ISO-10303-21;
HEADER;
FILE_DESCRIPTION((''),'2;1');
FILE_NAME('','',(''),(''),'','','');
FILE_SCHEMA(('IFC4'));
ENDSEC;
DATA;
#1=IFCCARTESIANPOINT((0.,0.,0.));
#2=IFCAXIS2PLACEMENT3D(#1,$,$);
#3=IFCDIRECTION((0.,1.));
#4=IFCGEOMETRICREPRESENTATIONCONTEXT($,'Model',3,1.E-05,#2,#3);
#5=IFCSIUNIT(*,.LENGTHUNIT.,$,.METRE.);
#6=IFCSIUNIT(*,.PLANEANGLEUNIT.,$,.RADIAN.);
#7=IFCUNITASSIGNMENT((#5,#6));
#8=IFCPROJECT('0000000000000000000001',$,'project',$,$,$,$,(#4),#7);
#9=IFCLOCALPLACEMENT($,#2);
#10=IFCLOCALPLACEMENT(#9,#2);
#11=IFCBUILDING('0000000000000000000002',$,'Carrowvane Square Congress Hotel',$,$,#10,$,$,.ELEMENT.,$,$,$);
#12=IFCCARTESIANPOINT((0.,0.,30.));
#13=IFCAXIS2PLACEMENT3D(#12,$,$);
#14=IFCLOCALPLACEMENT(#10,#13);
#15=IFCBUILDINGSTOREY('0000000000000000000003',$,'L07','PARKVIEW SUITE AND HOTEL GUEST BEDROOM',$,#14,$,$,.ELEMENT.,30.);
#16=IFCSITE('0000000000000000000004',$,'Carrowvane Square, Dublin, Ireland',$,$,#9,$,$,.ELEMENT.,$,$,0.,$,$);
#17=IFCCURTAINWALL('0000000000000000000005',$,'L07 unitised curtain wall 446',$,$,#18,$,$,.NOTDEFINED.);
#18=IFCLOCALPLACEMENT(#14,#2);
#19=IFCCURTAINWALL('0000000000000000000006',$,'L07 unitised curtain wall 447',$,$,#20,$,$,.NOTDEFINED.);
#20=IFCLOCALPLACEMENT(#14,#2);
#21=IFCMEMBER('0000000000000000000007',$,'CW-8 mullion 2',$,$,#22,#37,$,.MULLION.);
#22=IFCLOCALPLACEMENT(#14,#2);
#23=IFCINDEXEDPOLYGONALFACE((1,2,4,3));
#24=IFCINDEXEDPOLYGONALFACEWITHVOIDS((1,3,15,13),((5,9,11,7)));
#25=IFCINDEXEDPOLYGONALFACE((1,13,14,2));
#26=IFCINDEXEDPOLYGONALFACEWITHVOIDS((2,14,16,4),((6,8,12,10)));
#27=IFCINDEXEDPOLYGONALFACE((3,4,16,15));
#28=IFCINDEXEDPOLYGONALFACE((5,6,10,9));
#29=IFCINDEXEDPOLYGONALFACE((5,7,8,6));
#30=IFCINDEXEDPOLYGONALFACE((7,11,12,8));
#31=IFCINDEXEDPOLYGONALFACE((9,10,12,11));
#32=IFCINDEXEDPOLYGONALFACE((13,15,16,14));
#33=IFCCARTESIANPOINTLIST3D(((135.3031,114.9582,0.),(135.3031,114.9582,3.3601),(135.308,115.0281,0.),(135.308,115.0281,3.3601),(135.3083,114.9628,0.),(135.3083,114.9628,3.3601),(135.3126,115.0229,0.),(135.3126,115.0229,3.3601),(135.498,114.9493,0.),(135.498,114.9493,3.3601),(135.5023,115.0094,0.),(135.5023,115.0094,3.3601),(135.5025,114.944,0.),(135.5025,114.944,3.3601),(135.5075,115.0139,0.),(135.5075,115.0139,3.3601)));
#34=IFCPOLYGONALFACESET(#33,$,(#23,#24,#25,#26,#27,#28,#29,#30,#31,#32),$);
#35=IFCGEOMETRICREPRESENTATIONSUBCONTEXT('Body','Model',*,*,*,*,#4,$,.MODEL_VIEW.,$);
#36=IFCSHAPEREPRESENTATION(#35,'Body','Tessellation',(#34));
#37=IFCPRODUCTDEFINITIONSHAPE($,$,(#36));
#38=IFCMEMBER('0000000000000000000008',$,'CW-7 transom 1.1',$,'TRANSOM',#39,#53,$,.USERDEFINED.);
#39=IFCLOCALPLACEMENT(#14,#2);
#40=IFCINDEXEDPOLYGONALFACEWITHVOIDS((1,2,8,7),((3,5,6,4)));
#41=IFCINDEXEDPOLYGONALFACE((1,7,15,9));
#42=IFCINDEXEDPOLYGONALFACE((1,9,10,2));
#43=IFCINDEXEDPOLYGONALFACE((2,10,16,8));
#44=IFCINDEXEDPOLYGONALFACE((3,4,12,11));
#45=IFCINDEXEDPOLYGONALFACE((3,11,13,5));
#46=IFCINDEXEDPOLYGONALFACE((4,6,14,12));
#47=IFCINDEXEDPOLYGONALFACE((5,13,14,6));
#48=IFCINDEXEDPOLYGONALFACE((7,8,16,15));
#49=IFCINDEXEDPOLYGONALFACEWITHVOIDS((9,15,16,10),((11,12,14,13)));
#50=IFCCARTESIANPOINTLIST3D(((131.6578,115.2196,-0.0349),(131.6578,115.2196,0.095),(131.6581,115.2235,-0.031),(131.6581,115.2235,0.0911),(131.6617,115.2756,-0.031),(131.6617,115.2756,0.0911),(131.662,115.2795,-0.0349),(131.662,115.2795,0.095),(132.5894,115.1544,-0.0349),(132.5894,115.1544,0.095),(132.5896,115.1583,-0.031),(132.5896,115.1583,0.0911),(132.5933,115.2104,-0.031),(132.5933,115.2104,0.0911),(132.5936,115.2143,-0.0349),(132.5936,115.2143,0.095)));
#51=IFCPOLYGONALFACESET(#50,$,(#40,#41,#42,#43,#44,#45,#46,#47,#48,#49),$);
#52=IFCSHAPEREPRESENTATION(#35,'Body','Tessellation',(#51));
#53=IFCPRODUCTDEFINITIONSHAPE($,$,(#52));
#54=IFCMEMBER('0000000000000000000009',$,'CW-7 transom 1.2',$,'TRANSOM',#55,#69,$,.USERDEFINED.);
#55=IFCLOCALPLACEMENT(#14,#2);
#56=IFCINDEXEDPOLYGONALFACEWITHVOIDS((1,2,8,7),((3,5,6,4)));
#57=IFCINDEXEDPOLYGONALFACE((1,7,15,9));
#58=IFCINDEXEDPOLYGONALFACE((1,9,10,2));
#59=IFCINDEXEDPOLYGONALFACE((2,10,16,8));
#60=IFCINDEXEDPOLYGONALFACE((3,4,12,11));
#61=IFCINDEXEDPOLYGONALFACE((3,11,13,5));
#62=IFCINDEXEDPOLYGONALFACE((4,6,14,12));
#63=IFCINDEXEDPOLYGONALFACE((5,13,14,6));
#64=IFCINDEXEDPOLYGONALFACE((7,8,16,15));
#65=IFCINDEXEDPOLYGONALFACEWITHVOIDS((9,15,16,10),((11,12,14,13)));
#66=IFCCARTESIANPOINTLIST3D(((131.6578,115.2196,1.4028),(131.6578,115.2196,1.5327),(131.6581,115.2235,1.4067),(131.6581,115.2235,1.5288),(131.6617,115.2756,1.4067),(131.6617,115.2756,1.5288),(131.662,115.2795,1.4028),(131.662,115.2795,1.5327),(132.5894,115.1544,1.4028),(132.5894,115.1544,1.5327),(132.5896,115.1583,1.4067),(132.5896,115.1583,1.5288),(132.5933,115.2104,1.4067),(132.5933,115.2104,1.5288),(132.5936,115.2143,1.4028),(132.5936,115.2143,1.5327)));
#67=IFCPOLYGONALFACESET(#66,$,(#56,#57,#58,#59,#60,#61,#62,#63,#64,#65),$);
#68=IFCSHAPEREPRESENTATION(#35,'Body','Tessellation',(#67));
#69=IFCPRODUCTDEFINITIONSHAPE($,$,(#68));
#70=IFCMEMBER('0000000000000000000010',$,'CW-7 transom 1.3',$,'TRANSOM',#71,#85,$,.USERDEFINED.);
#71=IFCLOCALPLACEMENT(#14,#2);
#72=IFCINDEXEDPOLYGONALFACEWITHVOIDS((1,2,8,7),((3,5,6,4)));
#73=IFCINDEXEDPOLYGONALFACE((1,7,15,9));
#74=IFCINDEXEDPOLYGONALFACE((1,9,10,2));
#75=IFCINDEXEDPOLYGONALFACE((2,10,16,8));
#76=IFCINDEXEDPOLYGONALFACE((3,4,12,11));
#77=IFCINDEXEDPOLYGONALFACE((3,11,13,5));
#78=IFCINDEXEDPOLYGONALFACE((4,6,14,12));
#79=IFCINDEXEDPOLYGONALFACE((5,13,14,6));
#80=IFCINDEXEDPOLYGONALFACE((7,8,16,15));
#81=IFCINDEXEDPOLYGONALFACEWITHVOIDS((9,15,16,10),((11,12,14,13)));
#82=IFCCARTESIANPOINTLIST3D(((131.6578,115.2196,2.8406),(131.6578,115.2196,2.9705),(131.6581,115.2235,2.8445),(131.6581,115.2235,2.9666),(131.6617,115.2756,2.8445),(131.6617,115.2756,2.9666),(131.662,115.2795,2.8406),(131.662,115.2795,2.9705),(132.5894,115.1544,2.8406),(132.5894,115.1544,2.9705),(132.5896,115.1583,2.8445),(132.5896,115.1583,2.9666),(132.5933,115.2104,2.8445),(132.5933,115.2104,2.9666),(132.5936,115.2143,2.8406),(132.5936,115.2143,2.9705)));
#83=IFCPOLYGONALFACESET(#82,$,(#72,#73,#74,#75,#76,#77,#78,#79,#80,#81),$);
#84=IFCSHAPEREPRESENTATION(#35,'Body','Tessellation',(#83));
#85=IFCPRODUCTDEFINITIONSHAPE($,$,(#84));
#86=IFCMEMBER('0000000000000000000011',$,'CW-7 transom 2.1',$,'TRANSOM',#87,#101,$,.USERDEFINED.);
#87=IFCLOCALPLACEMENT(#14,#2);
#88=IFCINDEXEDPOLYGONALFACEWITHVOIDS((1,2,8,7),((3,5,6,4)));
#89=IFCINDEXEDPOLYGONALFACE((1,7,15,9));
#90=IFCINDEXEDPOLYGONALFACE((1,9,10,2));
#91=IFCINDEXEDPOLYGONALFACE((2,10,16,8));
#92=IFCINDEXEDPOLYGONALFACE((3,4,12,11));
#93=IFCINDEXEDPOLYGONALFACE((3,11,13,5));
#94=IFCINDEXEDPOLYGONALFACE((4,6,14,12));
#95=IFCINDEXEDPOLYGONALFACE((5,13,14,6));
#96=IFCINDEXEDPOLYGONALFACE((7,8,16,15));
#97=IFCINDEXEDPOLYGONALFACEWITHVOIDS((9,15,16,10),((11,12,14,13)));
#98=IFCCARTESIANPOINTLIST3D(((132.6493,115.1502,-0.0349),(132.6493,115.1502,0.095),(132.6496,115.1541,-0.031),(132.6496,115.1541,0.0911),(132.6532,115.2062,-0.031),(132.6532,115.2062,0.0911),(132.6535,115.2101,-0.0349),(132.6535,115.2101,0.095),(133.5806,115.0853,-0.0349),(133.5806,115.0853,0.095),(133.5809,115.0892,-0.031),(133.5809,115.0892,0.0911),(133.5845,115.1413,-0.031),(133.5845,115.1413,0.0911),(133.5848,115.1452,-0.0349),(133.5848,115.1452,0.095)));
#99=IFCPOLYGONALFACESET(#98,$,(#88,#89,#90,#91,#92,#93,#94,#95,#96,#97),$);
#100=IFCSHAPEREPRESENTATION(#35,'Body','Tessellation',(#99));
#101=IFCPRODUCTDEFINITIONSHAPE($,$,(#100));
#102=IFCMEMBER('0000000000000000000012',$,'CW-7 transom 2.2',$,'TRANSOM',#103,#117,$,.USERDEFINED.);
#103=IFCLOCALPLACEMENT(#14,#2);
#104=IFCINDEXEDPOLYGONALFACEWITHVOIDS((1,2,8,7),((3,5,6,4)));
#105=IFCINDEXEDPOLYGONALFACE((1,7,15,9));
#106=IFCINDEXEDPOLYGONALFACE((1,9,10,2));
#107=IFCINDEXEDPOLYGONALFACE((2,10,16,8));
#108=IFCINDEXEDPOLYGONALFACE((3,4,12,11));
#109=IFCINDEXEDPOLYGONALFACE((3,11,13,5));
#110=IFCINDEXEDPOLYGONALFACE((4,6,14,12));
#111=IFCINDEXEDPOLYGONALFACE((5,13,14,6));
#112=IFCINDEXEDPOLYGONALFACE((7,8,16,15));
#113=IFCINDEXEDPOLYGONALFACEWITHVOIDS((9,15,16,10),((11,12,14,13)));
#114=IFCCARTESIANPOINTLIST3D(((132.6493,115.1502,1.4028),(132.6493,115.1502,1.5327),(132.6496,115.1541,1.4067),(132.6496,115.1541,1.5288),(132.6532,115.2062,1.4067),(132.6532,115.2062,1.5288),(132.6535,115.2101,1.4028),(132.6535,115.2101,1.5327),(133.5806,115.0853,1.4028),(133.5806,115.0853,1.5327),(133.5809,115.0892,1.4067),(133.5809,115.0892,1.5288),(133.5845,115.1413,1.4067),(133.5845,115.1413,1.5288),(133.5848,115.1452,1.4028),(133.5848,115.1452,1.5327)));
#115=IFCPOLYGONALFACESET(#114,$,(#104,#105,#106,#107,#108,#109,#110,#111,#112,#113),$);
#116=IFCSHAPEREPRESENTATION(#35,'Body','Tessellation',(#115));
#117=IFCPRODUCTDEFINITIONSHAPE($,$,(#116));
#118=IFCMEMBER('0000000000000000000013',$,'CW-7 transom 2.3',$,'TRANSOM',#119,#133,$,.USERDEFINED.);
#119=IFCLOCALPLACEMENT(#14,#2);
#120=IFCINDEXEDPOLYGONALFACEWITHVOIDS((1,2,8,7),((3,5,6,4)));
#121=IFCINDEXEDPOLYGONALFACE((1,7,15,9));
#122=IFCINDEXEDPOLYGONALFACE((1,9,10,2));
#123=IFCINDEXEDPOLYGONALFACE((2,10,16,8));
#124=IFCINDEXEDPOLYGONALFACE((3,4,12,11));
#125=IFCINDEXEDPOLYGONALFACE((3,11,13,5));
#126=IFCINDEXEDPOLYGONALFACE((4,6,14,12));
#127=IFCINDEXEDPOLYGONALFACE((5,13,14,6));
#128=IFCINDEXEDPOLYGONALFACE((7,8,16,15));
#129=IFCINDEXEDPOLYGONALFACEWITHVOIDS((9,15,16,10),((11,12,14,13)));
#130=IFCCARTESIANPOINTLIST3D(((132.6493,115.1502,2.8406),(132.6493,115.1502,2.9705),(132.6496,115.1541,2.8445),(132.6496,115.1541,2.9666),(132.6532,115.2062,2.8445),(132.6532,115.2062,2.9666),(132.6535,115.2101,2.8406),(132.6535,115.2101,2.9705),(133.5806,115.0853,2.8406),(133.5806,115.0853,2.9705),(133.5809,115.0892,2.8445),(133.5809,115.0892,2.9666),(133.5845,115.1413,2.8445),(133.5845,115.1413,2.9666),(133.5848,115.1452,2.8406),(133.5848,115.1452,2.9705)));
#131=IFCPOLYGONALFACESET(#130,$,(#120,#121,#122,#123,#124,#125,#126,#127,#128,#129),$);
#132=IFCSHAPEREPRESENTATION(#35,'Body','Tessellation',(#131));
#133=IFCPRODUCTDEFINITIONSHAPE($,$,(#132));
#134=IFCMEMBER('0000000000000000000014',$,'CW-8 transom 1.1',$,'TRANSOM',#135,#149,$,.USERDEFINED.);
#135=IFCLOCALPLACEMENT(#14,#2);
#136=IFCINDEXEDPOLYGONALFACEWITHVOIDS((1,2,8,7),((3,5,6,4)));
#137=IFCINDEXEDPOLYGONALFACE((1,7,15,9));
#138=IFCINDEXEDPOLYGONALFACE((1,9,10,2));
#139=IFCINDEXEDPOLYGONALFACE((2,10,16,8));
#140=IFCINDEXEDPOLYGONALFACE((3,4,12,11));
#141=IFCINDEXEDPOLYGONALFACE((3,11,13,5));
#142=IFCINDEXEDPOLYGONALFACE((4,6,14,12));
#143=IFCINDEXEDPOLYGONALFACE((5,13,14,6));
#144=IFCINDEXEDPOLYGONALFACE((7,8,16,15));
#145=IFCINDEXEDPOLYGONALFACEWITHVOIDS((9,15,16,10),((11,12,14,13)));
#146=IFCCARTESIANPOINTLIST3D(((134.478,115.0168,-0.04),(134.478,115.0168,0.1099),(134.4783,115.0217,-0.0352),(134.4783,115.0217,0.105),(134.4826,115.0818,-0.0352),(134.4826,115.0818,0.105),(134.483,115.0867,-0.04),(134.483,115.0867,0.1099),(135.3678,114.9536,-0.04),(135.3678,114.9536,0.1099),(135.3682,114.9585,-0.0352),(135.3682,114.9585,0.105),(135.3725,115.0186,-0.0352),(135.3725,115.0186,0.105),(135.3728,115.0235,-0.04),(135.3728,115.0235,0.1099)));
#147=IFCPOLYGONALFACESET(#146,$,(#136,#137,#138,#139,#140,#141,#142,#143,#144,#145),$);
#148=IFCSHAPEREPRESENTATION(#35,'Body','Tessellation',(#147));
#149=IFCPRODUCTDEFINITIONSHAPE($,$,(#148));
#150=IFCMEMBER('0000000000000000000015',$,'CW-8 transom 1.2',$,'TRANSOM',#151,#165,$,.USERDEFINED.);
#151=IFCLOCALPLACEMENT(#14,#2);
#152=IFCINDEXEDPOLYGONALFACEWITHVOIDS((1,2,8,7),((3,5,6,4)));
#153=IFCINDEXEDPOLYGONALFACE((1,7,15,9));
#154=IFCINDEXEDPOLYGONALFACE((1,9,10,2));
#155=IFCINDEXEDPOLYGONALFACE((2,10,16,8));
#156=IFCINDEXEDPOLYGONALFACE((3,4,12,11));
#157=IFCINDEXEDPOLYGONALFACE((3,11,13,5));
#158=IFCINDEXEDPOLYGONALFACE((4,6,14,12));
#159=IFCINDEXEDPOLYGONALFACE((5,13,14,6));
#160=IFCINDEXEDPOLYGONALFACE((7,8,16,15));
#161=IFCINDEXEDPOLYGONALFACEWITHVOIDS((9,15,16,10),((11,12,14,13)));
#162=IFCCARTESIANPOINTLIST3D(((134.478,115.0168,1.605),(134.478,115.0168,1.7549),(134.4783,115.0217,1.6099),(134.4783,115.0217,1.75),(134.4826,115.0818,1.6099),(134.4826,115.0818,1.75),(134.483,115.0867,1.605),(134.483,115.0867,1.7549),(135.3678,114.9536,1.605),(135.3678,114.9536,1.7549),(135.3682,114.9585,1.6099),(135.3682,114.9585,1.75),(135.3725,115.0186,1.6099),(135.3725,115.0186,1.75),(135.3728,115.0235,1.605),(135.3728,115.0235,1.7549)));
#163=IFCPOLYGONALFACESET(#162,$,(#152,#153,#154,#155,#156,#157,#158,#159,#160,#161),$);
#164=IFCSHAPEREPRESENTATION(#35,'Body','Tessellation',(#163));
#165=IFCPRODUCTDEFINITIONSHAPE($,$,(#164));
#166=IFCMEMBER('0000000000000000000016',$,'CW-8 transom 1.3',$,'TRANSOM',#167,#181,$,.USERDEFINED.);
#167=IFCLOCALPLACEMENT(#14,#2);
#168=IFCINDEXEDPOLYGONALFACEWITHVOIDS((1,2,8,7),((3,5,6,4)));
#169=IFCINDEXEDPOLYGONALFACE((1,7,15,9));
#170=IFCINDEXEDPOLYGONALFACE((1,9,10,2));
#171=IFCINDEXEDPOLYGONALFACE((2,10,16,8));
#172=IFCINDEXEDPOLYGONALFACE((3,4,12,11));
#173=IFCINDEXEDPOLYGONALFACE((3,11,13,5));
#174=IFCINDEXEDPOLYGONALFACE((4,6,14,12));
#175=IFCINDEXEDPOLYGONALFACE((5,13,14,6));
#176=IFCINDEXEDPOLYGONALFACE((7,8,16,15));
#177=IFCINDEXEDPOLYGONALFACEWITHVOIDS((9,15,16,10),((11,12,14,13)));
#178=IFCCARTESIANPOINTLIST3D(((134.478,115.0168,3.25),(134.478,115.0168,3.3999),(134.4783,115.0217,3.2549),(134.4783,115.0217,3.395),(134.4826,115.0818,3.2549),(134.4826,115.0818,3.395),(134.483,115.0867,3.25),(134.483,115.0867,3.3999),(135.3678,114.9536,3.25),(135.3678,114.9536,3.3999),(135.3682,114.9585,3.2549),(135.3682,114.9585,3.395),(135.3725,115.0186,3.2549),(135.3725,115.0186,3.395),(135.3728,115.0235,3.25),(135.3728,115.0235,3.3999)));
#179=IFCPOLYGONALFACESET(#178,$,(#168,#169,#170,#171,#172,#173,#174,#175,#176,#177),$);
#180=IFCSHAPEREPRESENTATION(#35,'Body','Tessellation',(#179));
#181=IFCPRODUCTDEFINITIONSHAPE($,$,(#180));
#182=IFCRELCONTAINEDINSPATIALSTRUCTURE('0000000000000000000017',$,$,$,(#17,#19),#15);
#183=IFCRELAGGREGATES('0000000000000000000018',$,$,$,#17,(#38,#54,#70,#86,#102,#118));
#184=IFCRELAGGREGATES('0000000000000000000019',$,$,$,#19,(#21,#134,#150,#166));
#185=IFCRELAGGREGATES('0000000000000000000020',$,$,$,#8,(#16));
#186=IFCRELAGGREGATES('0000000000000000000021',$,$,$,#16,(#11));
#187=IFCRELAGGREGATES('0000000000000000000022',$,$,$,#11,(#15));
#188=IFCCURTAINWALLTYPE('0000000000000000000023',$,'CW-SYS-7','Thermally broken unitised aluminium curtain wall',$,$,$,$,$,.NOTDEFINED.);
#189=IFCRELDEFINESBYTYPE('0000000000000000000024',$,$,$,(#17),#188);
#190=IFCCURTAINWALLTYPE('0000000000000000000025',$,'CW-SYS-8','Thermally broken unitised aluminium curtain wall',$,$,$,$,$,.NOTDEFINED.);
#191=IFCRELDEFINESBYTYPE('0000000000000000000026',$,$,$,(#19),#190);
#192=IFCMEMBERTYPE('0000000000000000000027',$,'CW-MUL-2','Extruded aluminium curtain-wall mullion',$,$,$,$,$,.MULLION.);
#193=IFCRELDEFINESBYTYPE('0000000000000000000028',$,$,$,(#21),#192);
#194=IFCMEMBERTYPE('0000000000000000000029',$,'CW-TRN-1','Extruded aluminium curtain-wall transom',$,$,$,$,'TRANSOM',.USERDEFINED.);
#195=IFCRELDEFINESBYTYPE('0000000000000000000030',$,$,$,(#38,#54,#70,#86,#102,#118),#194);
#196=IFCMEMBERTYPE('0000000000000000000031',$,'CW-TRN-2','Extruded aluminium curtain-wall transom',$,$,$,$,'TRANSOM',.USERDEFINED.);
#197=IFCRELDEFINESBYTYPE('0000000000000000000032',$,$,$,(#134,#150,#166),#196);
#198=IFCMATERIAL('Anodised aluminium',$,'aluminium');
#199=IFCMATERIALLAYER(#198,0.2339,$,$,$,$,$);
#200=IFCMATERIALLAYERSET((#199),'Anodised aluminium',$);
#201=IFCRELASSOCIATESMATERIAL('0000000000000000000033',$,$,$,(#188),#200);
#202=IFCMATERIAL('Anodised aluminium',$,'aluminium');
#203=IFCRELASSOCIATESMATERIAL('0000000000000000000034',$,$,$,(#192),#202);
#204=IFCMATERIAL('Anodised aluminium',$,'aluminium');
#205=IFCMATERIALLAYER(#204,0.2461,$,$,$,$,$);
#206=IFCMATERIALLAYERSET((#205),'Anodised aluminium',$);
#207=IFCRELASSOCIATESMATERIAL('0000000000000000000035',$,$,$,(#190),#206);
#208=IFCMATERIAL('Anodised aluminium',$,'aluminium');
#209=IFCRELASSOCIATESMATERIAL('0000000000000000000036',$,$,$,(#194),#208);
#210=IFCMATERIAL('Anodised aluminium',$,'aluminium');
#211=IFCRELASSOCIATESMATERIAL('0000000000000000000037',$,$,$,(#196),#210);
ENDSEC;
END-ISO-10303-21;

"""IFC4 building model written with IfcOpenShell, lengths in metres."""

from ifc_helpers import new_model, si_unit, direction, frame, origin, origin_2d, place, context, subcontext, project, spatial, hollow_rectangle, extrude, material, layer, layer_set, material_profile, profile_set, type_object, element, aggregate, save


model = new_model("IFC4")

# Units and contexts
model_context = context("Model", 3, precision=1e-05, world=origin(), true_north=direction((0.0, 1.0)))
body_context = subcontext(model_context, "Body", "Model", "MODEL_VIEW")
ifc_project = project(units=[si_unit("LENGTHUNIT", "METRE"), si_unit("PLANEANGLEUNIT", "RADIAN")], contexts=[model_context])

# Site, building, storey
site_placement = place(None, origin())
site = spatial("IfcSite", under=ifc_project, at=site_placement, Name="Carrowvane Square, Dublin, Ireland", CompositionType="ELEMENT", RefElevation=0.0)
building_placement = place(site_placement, origin())
building = spatial("IfcBuilding", under=site, at=building_placement, Name="Carrowvane Square Congress Hotel", CompositionType="ELEMENT")
storey_placement = place(building_placement, frame((0.0, 0.0, 30.0)))
storey = spatial("IfcBuildingStorey", under=building, at=storey_placement, Name="L07", Description="PARKVIEW SUITE AND HOTEL GUEST BEDROOM", CompositionType="ELEMENT", Elevation=30.0)

# Curtain wall
ifc_material_1 = material(Name="Anodised aluminium", Category="aluminium")
ifc_layer_1 = layer(ifc_material_1, 0.2339)
ifc_layer_set_1 = layer_set([ifc_layer_1], Name="Anodised aluminium")
curtain_wall_type_1 = type_object("IfcCurtainWallType", Name="CW-SYS-7", Description="Thermally broken unitised aluminium curtain wall", PredefinedType="NOTDEFINED", material=ifc_layer_set_1)
curtain_wall_1_placement = place(storey_placement, origin())
curtain_wall_1 = element("IfcCurtainWall", 1, at=curtain_wall_1_placement, inside=storey, type_object=curtain_wall_type_1, Name="L07 unitised curtain wall 446", PredefinedType="NOTDEFINED")

# Shared definitions
ifc_material_2 = material(Name="Anodised aluminium", Category="aluminium")
ifc_material_profile_1 = material_profile(ifc_material_2, hollow_rectangle(XDim=0.0701, YDim=0.2, WallThickness=0.0049, at=origin_2d()), Name="CW-ML 70x200x5")
ifc_profile_set_1 = profile_set([ifc_material_profile_1], Name="Anodised aluminium")
member_type_1 = type_object("IfcMemberType", Name="CW-MUL-2", Description="Extruded aluminium curtain-wall mullion", PredefinedType="MULLION", material=ifc_profile_set_1)

# Curtain wall, member
ifc_material_3 = material(Name="Anodised aluminium", Category="aluminium")
ifc_layer_2 = layer(ifc_material_3, 0.2461)
ifc_layer_set_2 = layer_set([ifc_layer_2], Name="Anodised aluminium")
curtain_wall_type_2 = type_object("IfcCurtainWallType", Name="CW-SYS-8", Description="Thermally broken unitised aluminium curtain wall", PredefinedType="NOTDEFINED", material=ifc_layer_set_2)
curtain_wall_2_placement = place(storey_placement, origin())
curtain_wall_2 = element("IfcCurtainWall", 2, at=curtain_wall_2_placement, inside=storey, type_object=curtain_wall_type_2, Name="L07 unitised curtain wall 447", PredefinedType="NOTDEFINED")
member_1_placement = place(storey_placement, frame((135.4053, 114.9861, 0.0), z_axis=(0.0, 0.0, 1.0), x_axis=(0.07096, 0.997479, 0.0)))
member_1 = element("IfcMember", 3, at=member_1_placement, type_object=member_type_1, Name="CW-8 mullion 2", PredefinedType="MULLION", context=body_context, shape_type="SweptSolid", body=[
    extrude(hollow_rectangle(XDim=0.0701, YDim=0.2, WallThickness=0.0049, at=origin_2d()), origin(), (0.0, 0.0, 1.0), 3.3601),
])

# Members
ifc_material_4 = material(Name="Anodised aluminium", Category="aluminium")
ifc_material_profile_2 = material_profile(ifc_material_4, hollow_rectangle(XDim=0.0601, YDim=0.1299, WallThickness=0.0039, at=origin_2d()), Name="CW-TR 60x130x4")
ifc_profile_set_2 = profile_set([ifc_material_profile_2], Name="Anodised aluminium")
member_type_2 = type_object("IfcMemberType", Name="CW-TRN-1", Description="Extruded aluminium curtain-wall transom", ElementType="TRANSOM", PredefinedType="USERDEFINED", material=ifc_profile_set_2)
member_2_placement = place(storey_placement, frame((131.6599, 115.2495, 0.03), z_axis=(0.997561, -0.069798, 0.0), x_axis=(0.069798, 0.997561, 0.0)))
member_2 = element("IfcMember", 4, at=member_2_placement, type_object=member_type_2, Name="CW-7 transom 1.1", ObjectType="TRANSOM", PredefinedType="USERDEFINED", context=body_context, shape_type="SweptSolid", body=[
    extrude(hollow_rectangle(XDim=0.0601, YDim=0.1299, WallThickness=0.0039, at=origin_2d()), origin(), (0.0, 0.0, 1.0), 0.9338),
])
member_3_placement = place(storey_placement, frame((131.6599, 115.2495, 1.4678), z_axis=(0.997561, -0.069798, 0.0), x_axis=(0.069798, 0.997561, 0.0)))
member_3 = element("IfcMember", 5, at=member_3_placement, type_object=member_type_2, Name="CW-7 transom 1.2", ObjectType="TRANSOM", PredefinedType="USERDEFINED", context=body_context, shape_type="SweptSolid", body=[
    extrude(hollow_rectangle(XDim=0.0601, YDim=0.1299, WallThickness=0.0039, at=origin_2d()), origin(), (0.0, 0.0, 1.0), 0.9338),
])
member_4_placement = place(storey_placement, frame((131.6599, 115.2495, 2.9055), z_axis=(0.997561, -0.069798, 0.0), x_axis=(0.069798, 0.997561, 0.0)))
member_4 = element("IfcMember", 6, at=member_4_placement, type_object=member_type_2, Name="CW-7 transom 1.3", ObjectType="TRANSOM", PredefinedType="USERDEFINED", context=body_context, shape_type="SweptSolid", body=[
    extrude(hollow_rectangle(XDim=0.0601, YDim=0.1299, WallThickness=0.0039, at=origin_2d()), origin(), (0.0, 0.0, 1.0), 0.9338),
])
member_5_placement = place(storey_placement, frame((132.6514, 115.1802, 0.03), z_axis=(0.997578, -0.069556, 0.0), x_axis=(0.069556, 0.997578, 0.0)))
member_5 = element("IfcMember", 7, at=member_5_placement, type_object=member_type_2, Name="CW-7 transom 2.1", ObjectType="TRANSOM", PredefinedType="USERDEFINED", context=body_context, shape_type="SweptSolid", body=[
    extrude(hollow_rectangle(XDim=0.0601, YDim=0.1299, WallThickness=0.0039, at=origin_2d()), origin(), (0.0, 0.0, 1.0), 0.9336),
])
member_6_placement = place(storey_placement, frame((132.6514, 115.1802, 1.4678), z_axis=(0.997578, -0.069556, 0.0), x_axis=(0.069556, 0.997578, 0.0)))
member_6 = element("IfcMember", 8, at=member_6_placement, type_object=member_type_2, Name="CW-7 transom 2.2", ObjectType="TRANSOM", PredefinedType="USERDEFINED", context=body_context, shape_type="SweptSolid", body=[
    extrude(hollow_rectangle(XDim=0.0601, YDim=0.1299, WallThickness=0.0039, at=origin_2d()), origin(), (0.0, 0.0, 1.0), 0.9336),
])
member_7_placement = place(storey_placement, frame((132.6514, 115.1802, 2.9055), z_axis=(0.997578, -0.069556, 0.0), x_axis=(0.069556, 0.997578, 0.0)))
member_7 = element("IfcMember", 9, at=member_7_placement, type_object=member_type_2, Name="CW-7 transom 2.3", ObjectType="TRANSOM", PredefinedType="USERDEFINED", context=body_context, shape_type="SweptSolid", body=[
    extrude(hollow_rectangle(XDim=0.0601, YDim=0.1299, WallThickness=0.0039, at=origin_2d()), origin(), (0.0, 0.0, 1.0), 0.9336),
])
ifc_material_5 = material(Name="Anodised aluminium", Category="aluminium")
ifc_material_profile_3 = material_profile(ifc_material_5, hollow_rectangle(XDim=0.0701, YDim=0.1499, WallThickness=0.0049, at=origin_2d()), Name="CW-TR 70x150x5")
ifc_profile_set_3 = profile_set([ifc_material_profile_3], Name="Anodised aluminium")
member_type_3 = type_object("IfcMemberType", Name="CW-TRN-2", Description="Extruded aluminium curtain-wall transom", ElementType="TRANSOM", PredefinedType="USERDEFINED", material=ifc_profile_set_3)
member_8_placement = place(storey_placement, frame((134.4805, 115.0518, 0.0349), z_axis=(0.997485, -0.070878, 0.0), x_axis=(0.070878, 0.997485, 0.0)))
member_8 = element("IfcMember", 10, at=member_8_placement, type_object=member_type_3, Name="CW-8 transom 1.1", ObjectType="TRANSOM", PredefinedType="USERDEFINED", context=body_context, shape_type="SweptSolid", body=[
    extrude(hollow_rectangle(XDim=0.0701, YDim=0.1499, WallThickness=0.0049, at=origin_2d()), origin(), (0.0, 0.0, 1.0), 0.8921),
])
member_9_placement = place(storey_placement, frame((134.4805, 115.0518, 1.6799), z_axis=(0.997485, -0.070878, 0.0), x_axis=(0.070878, 0.997485, 0.0)))
member_9 = element("IfcMember", 11, at=member_9_placement, type_object=member_type_3, Name="CW-8 transom 1.2", ObjectType="TRANSOM", PredefinedType="USERDEFINED", context=body_context, shape_type="SweptSolid", body=[
    extrude(hollow_rectangle(XDim=0.0701, YDim=0.1499, WallThickness=0.0049, at=origin_2d()), origin(), (0.0, 0.0, 1.0), 0.8921),
])
member_10_placement = place(storey_placement, frame((134.4805, 115.0518, 3.325), z_axis=(0.997485, -0.070878, 0.0), x_axis=(0.070878, 0.997485, 0.0)))
member_10 = element("IfcMember", 12, at=member_10_placement, type_object=member_type_3, Name="CW-8 transom 1.3", ObjectType="TRANSOM", PredefinedType="USERDEFINED", context=body_context, shape_type="SweptSolid", body=[
    extrude(hollow_rectangle(XDim=0.0701, YDim=0.1499, WallThickness=0.0049, at=origin_2d()), origin(), (0.0, 0.0, 1.0), 0.8921),
])

aggregate(curtain_wall_1, [member_2, member_3, member_4, member_5, member_6, member_7])
aggregate(curtain_wall_2, [member_1, member_8, member_9, member_10])

save(model, "model.ifc")
